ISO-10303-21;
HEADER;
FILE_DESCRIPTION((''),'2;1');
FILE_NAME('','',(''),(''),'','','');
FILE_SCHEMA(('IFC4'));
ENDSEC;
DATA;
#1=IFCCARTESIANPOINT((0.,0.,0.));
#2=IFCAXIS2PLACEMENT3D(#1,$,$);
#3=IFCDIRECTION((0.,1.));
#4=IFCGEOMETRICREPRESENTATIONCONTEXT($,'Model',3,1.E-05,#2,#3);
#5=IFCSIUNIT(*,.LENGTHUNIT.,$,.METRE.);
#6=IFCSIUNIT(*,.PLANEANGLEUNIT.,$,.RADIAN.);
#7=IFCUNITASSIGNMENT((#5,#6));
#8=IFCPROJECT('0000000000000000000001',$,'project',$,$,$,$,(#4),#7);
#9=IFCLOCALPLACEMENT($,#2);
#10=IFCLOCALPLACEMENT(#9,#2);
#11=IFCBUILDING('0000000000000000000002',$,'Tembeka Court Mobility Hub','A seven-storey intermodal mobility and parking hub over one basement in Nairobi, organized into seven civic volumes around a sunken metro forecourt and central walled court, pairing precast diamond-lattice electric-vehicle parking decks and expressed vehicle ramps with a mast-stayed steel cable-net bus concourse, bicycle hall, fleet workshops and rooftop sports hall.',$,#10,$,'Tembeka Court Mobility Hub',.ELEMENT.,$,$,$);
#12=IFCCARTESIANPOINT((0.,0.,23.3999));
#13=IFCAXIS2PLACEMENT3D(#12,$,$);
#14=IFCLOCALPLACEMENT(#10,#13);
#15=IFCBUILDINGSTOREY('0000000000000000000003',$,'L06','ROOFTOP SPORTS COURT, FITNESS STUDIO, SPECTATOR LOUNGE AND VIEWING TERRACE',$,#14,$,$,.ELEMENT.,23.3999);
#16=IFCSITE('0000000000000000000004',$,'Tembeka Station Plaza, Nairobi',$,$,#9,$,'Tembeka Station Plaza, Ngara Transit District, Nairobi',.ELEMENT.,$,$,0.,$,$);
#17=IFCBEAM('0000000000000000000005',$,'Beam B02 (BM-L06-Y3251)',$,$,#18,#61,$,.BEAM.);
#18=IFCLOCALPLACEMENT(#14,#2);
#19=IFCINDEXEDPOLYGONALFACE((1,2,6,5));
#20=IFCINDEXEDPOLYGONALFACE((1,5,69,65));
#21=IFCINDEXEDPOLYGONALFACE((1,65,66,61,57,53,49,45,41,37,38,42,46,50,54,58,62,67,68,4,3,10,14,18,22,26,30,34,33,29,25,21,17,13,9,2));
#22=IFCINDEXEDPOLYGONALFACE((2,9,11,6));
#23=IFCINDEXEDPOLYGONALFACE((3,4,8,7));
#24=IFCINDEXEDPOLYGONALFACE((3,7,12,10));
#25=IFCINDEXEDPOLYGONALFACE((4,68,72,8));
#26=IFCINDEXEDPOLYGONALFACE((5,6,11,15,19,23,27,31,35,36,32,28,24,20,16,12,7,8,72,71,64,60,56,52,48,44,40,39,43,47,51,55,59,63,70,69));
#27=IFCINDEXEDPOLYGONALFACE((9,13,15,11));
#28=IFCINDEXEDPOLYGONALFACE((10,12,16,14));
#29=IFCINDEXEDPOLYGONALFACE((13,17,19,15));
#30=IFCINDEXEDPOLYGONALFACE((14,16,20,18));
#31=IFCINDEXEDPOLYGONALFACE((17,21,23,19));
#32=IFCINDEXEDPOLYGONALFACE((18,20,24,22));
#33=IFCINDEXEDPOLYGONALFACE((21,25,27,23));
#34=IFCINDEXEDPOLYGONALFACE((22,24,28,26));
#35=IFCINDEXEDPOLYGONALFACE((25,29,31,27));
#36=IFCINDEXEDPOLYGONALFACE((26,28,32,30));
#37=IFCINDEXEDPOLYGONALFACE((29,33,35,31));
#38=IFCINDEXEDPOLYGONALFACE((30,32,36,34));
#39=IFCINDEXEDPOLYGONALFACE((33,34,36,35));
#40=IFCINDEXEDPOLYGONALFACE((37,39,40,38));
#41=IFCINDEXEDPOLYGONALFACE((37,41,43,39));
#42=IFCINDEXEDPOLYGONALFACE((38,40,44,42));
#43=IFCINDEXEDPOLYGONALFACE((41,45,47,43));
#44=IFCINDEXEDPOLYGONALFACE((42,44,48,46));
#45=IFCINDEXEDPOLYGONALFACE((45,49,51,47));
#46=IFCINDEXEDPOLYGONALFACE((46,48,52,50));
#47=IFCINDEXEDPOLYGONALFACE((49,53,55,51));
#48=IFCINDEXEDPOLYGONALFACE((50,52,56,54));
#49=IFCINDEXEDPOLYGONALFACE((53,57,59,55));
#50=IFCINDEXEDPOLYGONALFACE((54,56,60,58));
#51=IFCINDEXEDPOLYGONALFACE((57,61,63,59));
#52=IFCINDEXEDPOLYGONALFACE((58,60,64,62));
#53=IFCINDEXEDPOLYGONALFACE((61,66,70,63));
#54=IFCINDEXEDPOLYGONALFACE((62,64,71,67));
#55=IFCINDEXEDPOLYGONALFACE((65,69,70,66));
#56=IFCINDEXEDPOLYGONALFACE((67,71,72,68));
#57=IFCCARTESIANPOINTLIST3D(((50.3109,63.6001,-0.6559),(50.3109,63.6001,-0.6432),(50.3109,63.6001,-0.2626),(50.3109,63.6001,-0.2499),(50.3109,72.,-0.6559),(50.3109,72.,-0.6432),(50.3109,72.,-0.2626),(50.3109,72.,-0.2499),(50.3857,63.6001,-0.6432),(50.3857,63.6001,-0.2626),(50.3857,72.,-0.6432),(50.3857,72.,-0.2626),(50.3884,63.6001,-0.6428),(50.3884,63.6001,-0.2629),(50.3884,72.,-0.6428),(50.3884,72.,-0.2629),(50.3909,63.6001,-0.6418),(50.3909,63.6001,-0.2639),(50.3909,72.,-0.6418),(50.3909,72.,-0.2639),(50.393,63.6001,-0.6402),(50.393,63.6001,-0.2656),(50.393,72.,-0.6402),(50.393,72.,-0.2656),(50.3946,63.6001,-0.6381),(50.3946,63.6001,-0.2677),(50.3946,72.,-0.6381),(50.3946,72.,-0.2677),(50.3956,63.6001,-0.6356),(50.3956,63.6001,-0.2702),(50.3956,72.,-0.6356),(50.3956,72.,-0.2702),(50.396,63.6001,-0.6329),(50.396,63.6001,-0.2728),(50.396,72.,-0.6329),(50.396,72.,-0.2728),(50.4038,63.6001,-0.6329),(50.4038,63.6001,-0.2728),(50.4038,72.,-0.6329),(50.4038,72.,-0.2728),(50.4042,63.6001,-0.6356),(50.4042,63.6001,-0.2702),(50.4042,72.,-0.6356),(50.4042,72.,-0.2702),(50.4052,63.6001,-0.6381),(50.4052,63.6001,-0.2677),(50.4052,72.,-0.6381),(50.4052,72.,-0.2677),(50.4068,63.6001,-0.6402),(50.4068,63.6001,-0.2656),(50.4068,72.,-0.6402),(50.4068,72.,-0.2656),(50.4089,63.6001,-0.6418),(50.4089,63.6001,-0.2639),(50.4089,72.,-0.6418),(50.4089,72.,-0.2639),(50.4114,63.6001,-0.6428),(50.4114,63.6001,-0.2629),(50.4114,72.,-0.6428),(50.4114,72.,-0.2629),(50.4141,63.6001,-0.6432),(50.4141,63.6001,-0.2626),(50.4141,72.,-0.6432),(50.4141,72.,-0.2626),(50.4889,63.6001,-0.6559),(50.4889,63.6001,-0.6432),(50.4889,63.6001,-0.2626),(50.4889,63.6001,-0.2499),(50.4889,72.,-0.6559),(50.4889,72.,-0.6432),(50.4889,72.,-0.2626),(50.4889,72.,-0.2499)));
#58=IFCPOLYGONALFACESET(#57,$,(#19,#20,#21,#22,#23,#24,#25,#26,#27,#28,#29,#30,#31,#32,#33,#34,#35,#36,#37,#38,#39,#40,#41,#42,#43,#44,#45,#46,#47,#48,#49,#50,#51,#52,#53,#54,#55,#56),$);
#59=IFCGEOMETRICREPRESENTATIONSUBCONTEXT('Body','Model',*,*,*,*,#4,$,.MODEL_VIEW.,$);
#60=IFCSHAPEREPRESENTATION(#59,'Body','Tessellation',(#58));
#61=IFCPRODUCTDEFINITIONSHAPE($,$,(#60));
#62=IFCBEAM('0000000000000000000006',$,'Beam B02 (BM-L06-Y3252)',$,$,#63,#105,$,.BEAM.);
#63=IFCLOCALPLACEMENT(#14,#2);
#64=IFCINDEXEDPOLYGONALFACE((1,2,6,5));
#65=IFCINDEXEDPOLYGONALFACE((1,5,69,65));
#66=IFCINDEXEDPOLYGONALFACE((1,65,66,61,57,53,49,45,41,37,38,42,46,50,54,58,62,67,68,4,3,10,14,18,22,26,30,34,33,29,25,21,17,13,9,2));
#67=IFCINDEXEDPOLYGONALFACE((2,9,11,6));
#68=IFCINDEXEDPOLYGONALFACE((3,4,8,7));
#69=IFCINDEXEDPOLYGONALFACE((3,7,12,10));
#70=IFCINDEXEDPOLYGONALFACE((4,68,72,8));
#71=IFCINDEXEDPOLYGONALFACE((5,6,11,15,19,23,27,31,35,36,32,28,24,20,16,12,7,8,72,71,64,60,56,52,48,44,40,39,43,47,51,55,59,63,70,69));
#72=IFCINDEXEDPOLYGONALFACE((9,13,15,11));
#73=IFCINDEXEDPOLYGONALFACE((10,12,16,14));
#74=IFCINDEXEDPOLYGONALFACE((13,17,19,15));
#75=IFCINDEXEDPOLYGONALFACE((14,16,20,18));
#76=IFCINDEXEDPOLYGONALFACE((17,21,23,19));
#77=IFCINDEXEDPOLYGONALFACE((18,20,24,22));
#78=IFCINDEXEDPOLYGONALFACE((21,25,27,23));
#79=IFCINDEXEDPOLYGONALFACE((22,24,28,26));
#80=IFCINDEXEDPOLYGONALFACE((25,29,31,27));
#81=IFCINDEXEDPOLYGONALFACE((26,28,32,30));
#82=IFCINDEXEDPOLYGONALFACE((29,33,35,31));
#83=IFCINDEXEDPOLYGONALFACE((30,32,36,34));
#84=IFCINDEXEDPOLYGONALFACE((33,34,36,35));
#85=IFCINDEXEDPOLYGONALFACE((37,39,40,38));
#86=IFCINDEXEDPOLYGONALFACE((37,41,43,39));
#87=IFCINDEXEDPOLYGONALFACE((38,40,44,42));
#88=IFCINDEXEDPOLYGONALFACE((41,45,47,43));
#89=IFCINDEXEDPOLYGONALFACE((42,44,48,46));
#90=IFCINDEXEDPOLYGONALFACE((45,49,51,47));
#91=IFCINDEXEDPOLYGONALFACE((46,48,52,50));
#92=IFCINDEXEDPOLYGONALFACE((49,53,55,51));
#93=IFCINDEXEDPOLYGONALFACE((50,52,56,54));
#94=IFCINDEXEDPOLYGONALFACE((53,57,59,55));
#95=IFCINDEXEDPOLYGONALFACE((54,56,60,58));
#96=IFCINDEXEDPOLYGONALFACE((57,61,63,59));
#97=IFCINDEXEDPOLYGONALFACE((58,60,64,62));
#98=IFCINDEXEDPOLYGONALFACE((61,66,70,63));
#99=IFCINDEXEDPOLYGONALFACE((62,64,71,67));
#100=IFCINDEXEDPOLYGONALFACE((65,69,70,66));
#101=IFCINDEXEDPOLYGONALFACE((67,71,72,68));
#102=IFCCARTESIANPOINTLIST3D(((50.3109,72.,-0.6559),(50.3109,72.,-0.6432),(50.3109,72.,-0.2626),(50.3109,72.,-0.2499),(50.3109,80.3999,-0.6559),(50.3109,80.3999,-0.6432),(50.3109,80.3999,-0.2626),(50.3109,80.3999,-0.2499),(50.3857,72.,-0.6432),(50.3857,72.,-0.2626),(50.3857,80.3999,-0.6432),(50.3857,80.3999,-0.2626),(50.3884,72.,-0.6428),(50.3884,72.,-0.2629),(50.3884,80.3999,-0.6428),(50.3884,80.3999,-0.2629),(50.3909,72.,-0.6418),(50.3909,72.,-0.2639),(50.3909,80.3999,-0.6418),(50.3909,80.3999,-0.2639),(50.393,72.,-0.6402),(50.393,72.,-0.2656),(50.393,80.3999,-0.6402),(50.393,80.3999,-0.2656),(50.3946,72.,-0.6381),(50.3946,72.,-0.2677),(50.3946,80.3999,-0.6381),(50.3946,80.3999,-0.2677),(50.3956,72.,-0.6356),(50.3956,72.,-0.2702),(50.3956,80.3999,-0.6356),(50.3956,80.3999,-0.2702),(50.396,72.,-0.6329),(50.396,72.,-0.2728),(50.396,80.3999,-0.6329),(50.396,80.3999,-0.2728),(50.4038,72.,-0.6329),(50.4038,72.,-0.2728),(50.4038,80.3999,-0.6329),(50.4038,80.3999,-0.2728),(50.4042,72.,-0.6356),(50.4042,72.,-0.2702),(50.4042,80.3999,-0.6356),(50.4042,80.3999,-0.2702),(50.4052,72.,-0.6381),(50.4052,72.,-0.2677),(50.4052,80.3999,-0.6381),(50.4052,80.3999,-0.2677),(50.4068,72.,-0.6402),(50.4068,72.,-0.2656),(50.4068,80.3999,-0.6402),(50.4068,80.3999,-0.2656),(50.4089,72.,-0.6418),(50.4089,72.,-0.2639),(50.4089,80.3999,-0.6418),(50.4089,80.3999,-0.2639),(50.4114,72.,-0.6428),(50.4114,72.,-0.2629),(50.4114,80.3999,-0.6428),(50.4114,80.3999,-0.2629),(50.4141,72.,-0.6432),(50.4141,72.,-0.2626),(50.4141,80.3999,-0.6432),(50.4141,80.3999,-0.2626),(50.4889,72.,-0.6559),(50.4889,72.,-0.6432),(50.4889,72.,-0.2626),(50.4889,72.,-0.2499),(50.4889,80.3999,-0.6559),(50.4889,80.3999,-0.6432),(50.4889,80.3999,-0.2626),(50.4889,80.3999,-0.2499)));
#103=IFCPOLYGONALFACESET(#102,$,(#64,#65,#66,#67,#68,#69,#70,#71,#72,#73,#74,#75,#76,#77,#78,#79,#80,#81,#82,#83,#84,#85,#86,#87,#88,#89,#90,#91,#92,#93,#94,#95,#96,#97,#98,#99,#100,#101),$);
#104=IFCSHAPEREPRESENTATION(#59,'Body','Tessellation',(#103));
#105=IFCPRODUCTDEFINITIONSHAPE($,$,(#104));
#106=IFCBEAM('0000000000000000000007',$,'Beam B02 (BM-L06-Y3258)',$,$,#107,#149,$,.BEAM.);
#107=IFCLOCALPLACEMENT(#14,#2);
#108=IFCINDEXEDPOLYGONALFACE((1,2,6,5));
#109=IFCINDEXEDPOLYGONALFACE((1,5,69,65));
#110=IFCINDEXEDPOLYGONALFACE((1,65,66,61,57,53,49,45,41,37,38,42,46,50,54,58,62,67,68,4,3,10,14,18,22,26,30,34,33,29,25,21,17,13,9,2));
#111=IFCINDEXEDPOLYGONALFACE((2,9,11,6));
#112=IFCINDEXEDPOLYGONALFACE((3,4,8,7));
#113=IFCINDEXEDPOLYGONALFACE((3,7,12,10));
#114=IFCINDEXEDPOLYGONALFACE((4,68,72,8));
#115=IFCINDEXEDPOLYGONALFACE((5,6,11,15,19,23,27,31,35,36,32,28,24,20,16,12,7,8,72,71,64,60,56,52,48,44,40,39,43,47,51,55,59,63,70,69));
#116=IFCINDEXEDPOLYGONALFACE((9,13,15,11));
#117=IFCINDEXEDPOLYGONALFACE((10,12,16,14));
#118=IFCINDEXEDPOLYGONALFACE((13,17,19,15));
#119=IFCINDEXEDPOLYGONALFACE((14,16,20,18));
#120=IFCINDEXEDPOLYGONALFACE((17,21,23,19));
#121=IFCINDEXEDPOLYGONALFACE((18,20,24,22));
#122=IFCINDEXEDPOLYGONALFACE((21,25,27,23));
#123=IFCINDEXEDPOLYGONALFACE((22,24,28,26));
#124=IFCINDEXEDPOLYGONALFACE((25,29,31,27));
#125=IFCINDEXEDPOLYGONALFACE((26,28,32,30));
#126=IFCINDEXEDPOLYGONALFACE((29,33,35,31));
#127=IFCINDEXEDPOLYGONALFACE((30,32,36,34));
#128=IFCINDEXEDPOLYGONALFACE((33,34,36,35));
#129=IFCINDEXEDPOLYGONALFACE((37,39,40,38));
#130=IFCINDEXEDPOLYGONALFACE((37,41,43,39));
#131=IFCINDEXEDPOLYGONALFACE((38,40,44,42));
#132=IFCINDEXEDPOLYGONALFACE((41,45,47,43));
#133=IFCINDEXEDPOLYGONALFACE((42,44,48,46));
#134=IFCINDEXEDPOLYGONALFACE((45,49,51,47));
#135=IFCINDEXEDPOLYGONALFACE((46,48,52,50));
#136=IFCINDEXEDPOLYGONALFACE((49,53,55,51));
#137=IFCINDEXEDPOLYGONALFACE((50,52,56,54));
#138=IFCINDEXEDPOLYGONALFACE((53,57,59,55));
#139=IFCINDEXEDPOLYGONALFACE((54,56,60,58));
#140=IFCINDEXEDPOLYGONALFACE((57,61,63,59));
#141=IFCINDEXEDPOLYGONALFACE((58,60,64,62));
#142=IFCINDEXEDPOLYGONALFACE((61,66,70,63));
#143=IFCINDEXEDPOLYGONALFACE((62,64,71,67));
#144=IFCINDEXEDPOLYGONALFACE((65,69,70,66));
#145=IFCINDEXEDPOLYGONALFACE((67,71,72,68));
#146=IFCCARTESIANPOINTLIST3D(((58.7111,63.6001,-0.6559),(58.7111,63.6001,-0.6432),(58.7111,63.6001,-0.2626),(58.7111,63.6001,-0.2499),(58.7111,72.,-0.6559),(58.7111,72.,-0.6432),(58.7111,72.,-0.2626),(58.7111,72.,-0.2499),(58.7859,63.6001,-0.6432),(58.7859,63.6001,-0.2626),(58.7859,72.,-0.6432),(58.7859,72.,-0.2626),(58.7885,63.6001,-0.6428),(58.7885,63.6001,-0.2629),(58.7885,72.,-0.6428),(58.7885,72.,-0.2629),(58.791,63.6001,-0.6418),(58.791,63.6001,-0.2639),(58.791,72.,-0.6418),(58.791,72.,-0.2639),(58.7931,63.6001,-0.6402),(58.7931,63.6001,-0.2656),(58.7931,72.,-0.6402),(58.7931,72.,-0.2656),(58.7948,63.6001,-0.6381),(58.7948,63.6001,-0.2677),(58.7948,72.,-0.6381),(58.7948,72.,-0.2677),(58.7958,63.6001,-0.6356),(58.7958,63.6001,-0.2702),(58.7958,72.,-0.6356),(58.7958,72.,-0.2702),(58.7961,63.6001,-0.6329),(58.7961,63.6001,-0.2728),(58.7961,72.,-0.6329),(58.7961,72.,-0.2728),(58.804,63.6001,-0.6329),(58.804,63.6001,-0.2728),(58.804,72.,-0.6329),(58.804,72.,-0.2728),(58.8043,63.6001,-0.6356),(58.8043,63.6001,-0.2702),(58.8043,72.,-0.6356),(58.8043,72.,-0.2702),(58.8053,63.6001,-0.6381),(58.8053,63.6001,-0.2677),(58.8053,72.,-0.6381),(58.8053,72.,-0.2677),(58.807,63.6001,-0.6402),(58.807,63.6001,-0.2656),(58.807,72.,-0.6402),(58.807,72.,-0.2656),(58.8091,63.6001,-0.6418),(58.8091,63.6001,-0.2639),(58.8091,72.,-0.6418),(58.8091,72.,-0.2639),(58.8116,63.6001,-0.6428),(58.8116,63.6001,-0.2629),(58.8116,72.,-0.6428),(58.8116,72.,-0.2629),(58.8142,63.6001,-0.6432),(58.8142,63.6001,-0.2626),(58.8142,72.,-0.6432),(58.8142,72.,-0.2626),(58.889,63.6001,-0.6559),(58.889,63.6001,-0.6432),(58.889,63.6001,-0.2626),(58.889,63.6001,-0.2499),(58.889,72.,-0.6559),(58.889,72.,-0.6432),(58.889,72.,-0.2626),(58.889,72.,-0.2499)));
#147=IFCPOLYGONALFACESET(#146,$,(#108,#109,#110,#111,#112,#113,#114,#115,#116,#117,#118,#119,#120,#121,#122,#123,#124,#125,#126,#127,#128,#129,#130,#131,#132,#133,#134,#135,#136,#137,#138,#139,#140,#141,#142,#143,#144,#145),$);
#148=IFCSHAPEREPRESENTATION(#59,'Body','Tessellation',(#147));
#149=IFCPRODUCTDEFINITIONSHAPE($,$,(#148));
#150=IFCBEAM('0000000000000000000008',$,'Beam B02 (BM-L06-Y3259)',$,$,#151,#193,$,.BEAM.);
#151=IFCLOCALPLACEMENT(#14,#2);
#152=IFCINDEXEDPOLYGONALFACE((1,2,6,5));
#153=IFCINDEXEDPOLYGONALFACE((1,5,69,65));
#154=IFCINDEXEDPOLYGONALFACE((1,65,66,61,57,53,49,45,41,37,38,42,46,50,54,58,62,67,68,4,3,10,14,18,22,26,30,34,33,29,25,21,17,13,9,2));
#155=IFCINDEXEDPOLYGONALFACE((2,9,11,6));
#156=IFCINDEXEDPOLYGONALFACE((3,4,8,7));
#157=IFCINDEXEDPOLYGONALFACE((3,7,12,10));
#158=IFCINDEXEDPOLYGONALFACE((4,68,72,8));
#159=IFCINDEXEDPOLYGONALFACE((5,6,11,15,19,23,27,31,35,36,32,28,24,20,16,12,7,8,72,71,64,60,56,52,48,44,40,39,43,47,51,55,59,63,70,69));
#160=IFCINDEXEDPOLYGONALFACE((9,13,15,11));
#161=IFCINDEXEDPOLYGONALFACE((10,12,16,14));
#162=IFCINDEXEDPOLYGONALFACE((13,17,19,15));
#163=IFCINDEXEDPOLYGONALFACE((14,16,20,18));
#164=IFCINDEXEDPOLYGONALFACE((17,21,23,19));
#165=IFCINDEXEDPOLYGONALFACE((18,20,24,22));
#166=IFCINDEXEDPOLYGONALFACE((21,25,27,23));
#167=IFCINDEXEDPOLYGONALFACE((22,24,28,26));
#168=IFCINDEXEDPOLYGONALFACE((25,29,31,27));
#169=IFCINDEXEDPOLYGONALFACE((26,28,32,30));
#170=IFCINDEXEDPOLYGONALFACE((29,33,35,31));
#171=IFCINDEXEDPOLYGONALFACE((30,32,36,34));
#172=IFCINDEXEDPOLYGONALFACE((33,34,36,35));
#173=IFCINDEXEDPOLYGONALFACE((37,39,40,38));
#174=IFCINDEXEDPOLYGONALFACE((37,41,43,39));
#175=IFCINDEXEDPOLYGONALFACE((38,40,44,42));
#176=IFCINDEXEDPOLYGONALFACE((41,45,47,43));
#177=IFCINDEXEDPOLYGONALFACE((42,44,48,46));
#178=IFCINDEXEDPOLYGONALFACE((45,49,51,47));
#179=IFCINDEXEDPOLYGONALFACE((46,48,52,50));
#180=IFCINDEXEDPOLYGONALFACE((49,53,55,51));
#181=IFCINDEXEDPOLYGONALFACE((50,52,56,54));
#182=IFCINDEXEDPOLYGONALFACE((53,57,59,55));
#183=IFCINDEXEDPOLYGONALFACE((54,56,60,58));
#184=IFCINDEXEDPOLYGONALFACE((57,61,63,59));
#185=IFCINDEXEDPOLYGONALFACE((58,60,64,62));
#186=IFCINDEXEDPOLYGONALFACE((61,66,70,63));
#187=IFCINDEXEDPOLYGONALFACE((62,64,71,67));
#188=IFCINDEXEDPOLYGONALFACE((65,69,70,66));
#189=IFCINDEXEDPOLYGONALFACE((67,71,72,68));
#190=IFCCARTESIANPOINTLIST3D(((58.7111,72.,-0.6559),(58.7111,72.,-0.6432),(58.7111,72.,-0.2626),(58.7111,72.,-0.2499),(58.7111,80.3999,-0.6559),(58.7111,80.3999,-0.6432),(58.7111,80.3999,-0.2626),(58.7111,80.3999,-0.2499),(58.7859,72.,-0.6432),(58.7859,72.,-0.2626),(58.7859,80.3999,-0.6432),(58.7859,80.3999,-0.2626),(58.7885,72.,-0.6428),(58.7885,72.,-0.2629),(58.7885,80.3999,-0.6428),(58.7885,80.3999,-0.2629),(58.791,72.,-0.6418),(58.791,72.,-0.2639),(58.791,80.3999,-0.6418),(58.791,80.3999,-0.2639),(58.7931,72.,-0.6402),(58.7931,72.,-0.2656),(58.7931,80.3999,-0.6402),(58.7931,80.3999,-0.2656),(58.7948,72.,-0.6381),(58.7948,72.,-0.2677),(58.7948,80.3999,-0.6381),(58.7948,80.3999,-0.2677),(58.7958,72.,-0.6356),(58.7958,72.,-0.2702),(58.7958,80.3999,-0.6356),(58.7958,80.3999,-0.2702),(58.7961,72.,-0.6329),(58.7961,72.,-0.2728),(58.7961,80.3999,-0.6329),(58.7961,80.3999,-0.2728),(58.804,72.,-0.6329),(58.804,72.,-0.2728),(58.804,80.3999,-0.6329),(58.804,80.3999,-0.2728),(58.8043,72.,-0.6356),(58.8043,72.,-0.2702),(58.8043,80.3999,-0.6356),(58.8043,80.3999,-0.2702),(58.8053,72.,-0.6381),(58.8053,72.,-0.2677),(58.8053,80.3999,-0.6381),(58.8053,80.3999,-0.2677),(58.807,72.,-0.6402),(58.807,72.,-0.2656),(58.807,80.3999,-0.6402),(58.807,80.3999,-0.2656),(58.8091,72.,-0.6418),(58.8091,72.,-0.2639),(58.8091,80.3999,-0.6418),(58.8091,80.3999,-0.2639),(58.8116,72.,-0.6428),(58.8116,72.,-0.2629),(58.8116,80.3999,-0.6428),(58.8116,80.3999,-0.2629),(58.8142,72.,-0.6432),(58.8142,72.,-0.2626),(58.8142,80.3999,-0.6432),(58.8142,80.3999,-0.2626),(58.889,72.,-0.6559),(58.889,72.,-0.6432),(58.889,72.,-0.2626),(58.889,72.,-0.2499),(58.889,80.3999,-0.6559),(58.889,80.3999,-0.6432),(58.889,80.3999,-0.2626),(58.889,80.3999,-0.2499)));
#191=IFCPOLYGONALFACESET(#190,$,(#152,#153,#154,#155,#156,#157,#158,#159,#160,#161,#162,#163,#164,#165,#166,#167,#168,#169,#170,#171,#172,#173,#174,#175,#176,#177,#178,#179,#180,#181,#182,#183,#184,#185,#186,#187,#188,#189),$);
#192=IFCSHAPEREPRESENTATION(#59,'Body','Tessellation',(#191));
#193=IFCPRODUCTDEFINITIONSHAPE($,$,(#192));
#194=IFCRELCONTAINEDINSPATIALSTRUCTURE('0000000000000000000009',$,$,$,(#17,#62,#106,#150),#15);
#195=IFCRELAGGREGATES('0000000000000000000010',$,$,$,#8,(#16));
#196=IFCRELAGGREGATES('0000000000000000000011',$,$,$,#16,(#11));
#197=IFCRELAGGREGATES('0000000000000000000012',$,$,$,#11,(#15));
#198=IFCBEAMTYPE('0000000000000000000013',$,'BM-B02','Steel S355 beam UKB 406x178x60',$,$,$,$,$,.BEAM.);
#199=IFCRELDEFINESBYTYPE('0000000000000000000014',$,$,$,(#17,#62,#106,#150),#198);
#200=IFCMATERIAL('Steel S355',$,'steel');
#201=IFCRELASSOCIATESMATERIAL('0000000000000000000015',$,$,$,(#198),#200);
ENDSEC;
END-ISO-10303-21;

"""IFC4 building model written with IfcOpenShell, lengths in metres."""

from ifc_helpers import new_model, si_unit, direction, frame, origin, origin_2d, place, context, subcontext, project, spatial, i_section, extrude, material, material_profile, profile_set, type_object, element, save


model = new_model("IFC4")

# Units and contexts
model_context = context("Model", 3, precision=1e-05, world=origin(), true_north=direction((0.0, 1.0)))
body_context = subcontext(model_context, "Body", "Model", "MODEL_VIEW")
ifc_project = project(units=[si_unit("LENGTHUNIT", "METRE"), si_unit("PLANEANGLEUNIT", "RADIAN")], contexts=[model_context])

# Site, building, storey
site_placement = place(None, origin())
site = spatial("IfcSite", under=ifc_project, at=site_placement, Name="Tembeka Station Plaza, Nairobi", LongName="Tembeka Station Plaza, Ngara Transit District, Nairobi", CompositionType="ELEMENT", RefElevation=0.0)
building_placement = place(site_placement, origin())
building = spatial("IfcBuilding", under=site, at=building_placement, Name="Tembeka Court Mobility Hub", Description="A seven-storey intermodal mobility and parking hub over one basement in Nairobi, organized into seven civic volumes around a sunken metro forecourt and central walled court, pairing precast diamond-lattice electric-vehicle parking decks and expressed vehicle ramps with a mast-stayed steel cable-net bus concourse, bicycle hall, fleet workshops and rooftop sports hall.", LongName="Tembeka Court Mobility Hub", CompositionType="ELEMENT")
storey_placement = place(building_placement, frame((0.0, 0.0, 23.3999)))
storey = spatial("IfcBuildingStorey", under=building, at=storey_placement, Name="L06", Description="ROOFTOP SPORTS COURT, FITNESS STUDIO, SPECTATOR LOUNGE AND VIEWING TERRACE", CompositionType="ELEMENT", Elevation=23.3999)

# Shared definitions
ifc_material_1 = material(Name="Steel S355", Category="steel")

# Beams
ifc_material_profile_1 = material_profile(ifc_material_1, i_section(OverallWidth=0.178, OverallDepth=0.406, WebThickness=0.0078, FlangeThickness=0.0127, FilletRadius=0.0103, at=origin_2d()), Name="UKB 406x178x60")
ifc_profile_set_1 = profile_set([ifc_material_profile_1], Name="Steel S355")
beam_type_1 = type_object("IfcBeamType", Name="BM-B02", Description="Steel S355 beam UKB 406x178x60", PredefinedType="BEAM", material=ifc_profile_set_1)
for number, where, z_axis, x_axis, name in (
    (1, (50.3999, 63.6001, -0.4529), (0.0, 1.0, 0.0), (-1.0, 0.0, 0.0), "Beam B02 (BM-L06-Y3251)"),
    (2, (50.3999, 72.0, -0.4529), (0.0, 1.0, 0.0), (-1.0, 0.0, 0.0), "Beam B02 (BM-L06-Y3252)"),
    (3, (58.8, 63.6001, -0.4529), (0.0, 1.0, 0.0), (-1.0, 0.0, 0.0), "Beam B02 (BM-L06-Y3258)"),
    (4, (58.8, 72.0, -0.4529), (0.0, 1.0, 0.0), (-1.0, 0.0, 0.0), "Beam B02 (BM-L06-Y3259)"),
):
    element("IfcBeam", number, at=place(storey_placement, frame(where, z_axis=z_axis, x_axis=x_axis)), inside=storey, type_object=beam_type_1, Name=name, PredefinedType="BEAM", context=body_context, shape_type="SweptSolid", body=[
        extrude(i_section(OverallWidth=0.178, OverallDepth=0.406, WebThickness=0.0078, FlangeThickness=0.0127, FilletRadius=0.0103, at=origin_2d()), origin(), (0.0, 0.0, 1.0), 8.3999),
    ])

save(model, "model.ifc")
